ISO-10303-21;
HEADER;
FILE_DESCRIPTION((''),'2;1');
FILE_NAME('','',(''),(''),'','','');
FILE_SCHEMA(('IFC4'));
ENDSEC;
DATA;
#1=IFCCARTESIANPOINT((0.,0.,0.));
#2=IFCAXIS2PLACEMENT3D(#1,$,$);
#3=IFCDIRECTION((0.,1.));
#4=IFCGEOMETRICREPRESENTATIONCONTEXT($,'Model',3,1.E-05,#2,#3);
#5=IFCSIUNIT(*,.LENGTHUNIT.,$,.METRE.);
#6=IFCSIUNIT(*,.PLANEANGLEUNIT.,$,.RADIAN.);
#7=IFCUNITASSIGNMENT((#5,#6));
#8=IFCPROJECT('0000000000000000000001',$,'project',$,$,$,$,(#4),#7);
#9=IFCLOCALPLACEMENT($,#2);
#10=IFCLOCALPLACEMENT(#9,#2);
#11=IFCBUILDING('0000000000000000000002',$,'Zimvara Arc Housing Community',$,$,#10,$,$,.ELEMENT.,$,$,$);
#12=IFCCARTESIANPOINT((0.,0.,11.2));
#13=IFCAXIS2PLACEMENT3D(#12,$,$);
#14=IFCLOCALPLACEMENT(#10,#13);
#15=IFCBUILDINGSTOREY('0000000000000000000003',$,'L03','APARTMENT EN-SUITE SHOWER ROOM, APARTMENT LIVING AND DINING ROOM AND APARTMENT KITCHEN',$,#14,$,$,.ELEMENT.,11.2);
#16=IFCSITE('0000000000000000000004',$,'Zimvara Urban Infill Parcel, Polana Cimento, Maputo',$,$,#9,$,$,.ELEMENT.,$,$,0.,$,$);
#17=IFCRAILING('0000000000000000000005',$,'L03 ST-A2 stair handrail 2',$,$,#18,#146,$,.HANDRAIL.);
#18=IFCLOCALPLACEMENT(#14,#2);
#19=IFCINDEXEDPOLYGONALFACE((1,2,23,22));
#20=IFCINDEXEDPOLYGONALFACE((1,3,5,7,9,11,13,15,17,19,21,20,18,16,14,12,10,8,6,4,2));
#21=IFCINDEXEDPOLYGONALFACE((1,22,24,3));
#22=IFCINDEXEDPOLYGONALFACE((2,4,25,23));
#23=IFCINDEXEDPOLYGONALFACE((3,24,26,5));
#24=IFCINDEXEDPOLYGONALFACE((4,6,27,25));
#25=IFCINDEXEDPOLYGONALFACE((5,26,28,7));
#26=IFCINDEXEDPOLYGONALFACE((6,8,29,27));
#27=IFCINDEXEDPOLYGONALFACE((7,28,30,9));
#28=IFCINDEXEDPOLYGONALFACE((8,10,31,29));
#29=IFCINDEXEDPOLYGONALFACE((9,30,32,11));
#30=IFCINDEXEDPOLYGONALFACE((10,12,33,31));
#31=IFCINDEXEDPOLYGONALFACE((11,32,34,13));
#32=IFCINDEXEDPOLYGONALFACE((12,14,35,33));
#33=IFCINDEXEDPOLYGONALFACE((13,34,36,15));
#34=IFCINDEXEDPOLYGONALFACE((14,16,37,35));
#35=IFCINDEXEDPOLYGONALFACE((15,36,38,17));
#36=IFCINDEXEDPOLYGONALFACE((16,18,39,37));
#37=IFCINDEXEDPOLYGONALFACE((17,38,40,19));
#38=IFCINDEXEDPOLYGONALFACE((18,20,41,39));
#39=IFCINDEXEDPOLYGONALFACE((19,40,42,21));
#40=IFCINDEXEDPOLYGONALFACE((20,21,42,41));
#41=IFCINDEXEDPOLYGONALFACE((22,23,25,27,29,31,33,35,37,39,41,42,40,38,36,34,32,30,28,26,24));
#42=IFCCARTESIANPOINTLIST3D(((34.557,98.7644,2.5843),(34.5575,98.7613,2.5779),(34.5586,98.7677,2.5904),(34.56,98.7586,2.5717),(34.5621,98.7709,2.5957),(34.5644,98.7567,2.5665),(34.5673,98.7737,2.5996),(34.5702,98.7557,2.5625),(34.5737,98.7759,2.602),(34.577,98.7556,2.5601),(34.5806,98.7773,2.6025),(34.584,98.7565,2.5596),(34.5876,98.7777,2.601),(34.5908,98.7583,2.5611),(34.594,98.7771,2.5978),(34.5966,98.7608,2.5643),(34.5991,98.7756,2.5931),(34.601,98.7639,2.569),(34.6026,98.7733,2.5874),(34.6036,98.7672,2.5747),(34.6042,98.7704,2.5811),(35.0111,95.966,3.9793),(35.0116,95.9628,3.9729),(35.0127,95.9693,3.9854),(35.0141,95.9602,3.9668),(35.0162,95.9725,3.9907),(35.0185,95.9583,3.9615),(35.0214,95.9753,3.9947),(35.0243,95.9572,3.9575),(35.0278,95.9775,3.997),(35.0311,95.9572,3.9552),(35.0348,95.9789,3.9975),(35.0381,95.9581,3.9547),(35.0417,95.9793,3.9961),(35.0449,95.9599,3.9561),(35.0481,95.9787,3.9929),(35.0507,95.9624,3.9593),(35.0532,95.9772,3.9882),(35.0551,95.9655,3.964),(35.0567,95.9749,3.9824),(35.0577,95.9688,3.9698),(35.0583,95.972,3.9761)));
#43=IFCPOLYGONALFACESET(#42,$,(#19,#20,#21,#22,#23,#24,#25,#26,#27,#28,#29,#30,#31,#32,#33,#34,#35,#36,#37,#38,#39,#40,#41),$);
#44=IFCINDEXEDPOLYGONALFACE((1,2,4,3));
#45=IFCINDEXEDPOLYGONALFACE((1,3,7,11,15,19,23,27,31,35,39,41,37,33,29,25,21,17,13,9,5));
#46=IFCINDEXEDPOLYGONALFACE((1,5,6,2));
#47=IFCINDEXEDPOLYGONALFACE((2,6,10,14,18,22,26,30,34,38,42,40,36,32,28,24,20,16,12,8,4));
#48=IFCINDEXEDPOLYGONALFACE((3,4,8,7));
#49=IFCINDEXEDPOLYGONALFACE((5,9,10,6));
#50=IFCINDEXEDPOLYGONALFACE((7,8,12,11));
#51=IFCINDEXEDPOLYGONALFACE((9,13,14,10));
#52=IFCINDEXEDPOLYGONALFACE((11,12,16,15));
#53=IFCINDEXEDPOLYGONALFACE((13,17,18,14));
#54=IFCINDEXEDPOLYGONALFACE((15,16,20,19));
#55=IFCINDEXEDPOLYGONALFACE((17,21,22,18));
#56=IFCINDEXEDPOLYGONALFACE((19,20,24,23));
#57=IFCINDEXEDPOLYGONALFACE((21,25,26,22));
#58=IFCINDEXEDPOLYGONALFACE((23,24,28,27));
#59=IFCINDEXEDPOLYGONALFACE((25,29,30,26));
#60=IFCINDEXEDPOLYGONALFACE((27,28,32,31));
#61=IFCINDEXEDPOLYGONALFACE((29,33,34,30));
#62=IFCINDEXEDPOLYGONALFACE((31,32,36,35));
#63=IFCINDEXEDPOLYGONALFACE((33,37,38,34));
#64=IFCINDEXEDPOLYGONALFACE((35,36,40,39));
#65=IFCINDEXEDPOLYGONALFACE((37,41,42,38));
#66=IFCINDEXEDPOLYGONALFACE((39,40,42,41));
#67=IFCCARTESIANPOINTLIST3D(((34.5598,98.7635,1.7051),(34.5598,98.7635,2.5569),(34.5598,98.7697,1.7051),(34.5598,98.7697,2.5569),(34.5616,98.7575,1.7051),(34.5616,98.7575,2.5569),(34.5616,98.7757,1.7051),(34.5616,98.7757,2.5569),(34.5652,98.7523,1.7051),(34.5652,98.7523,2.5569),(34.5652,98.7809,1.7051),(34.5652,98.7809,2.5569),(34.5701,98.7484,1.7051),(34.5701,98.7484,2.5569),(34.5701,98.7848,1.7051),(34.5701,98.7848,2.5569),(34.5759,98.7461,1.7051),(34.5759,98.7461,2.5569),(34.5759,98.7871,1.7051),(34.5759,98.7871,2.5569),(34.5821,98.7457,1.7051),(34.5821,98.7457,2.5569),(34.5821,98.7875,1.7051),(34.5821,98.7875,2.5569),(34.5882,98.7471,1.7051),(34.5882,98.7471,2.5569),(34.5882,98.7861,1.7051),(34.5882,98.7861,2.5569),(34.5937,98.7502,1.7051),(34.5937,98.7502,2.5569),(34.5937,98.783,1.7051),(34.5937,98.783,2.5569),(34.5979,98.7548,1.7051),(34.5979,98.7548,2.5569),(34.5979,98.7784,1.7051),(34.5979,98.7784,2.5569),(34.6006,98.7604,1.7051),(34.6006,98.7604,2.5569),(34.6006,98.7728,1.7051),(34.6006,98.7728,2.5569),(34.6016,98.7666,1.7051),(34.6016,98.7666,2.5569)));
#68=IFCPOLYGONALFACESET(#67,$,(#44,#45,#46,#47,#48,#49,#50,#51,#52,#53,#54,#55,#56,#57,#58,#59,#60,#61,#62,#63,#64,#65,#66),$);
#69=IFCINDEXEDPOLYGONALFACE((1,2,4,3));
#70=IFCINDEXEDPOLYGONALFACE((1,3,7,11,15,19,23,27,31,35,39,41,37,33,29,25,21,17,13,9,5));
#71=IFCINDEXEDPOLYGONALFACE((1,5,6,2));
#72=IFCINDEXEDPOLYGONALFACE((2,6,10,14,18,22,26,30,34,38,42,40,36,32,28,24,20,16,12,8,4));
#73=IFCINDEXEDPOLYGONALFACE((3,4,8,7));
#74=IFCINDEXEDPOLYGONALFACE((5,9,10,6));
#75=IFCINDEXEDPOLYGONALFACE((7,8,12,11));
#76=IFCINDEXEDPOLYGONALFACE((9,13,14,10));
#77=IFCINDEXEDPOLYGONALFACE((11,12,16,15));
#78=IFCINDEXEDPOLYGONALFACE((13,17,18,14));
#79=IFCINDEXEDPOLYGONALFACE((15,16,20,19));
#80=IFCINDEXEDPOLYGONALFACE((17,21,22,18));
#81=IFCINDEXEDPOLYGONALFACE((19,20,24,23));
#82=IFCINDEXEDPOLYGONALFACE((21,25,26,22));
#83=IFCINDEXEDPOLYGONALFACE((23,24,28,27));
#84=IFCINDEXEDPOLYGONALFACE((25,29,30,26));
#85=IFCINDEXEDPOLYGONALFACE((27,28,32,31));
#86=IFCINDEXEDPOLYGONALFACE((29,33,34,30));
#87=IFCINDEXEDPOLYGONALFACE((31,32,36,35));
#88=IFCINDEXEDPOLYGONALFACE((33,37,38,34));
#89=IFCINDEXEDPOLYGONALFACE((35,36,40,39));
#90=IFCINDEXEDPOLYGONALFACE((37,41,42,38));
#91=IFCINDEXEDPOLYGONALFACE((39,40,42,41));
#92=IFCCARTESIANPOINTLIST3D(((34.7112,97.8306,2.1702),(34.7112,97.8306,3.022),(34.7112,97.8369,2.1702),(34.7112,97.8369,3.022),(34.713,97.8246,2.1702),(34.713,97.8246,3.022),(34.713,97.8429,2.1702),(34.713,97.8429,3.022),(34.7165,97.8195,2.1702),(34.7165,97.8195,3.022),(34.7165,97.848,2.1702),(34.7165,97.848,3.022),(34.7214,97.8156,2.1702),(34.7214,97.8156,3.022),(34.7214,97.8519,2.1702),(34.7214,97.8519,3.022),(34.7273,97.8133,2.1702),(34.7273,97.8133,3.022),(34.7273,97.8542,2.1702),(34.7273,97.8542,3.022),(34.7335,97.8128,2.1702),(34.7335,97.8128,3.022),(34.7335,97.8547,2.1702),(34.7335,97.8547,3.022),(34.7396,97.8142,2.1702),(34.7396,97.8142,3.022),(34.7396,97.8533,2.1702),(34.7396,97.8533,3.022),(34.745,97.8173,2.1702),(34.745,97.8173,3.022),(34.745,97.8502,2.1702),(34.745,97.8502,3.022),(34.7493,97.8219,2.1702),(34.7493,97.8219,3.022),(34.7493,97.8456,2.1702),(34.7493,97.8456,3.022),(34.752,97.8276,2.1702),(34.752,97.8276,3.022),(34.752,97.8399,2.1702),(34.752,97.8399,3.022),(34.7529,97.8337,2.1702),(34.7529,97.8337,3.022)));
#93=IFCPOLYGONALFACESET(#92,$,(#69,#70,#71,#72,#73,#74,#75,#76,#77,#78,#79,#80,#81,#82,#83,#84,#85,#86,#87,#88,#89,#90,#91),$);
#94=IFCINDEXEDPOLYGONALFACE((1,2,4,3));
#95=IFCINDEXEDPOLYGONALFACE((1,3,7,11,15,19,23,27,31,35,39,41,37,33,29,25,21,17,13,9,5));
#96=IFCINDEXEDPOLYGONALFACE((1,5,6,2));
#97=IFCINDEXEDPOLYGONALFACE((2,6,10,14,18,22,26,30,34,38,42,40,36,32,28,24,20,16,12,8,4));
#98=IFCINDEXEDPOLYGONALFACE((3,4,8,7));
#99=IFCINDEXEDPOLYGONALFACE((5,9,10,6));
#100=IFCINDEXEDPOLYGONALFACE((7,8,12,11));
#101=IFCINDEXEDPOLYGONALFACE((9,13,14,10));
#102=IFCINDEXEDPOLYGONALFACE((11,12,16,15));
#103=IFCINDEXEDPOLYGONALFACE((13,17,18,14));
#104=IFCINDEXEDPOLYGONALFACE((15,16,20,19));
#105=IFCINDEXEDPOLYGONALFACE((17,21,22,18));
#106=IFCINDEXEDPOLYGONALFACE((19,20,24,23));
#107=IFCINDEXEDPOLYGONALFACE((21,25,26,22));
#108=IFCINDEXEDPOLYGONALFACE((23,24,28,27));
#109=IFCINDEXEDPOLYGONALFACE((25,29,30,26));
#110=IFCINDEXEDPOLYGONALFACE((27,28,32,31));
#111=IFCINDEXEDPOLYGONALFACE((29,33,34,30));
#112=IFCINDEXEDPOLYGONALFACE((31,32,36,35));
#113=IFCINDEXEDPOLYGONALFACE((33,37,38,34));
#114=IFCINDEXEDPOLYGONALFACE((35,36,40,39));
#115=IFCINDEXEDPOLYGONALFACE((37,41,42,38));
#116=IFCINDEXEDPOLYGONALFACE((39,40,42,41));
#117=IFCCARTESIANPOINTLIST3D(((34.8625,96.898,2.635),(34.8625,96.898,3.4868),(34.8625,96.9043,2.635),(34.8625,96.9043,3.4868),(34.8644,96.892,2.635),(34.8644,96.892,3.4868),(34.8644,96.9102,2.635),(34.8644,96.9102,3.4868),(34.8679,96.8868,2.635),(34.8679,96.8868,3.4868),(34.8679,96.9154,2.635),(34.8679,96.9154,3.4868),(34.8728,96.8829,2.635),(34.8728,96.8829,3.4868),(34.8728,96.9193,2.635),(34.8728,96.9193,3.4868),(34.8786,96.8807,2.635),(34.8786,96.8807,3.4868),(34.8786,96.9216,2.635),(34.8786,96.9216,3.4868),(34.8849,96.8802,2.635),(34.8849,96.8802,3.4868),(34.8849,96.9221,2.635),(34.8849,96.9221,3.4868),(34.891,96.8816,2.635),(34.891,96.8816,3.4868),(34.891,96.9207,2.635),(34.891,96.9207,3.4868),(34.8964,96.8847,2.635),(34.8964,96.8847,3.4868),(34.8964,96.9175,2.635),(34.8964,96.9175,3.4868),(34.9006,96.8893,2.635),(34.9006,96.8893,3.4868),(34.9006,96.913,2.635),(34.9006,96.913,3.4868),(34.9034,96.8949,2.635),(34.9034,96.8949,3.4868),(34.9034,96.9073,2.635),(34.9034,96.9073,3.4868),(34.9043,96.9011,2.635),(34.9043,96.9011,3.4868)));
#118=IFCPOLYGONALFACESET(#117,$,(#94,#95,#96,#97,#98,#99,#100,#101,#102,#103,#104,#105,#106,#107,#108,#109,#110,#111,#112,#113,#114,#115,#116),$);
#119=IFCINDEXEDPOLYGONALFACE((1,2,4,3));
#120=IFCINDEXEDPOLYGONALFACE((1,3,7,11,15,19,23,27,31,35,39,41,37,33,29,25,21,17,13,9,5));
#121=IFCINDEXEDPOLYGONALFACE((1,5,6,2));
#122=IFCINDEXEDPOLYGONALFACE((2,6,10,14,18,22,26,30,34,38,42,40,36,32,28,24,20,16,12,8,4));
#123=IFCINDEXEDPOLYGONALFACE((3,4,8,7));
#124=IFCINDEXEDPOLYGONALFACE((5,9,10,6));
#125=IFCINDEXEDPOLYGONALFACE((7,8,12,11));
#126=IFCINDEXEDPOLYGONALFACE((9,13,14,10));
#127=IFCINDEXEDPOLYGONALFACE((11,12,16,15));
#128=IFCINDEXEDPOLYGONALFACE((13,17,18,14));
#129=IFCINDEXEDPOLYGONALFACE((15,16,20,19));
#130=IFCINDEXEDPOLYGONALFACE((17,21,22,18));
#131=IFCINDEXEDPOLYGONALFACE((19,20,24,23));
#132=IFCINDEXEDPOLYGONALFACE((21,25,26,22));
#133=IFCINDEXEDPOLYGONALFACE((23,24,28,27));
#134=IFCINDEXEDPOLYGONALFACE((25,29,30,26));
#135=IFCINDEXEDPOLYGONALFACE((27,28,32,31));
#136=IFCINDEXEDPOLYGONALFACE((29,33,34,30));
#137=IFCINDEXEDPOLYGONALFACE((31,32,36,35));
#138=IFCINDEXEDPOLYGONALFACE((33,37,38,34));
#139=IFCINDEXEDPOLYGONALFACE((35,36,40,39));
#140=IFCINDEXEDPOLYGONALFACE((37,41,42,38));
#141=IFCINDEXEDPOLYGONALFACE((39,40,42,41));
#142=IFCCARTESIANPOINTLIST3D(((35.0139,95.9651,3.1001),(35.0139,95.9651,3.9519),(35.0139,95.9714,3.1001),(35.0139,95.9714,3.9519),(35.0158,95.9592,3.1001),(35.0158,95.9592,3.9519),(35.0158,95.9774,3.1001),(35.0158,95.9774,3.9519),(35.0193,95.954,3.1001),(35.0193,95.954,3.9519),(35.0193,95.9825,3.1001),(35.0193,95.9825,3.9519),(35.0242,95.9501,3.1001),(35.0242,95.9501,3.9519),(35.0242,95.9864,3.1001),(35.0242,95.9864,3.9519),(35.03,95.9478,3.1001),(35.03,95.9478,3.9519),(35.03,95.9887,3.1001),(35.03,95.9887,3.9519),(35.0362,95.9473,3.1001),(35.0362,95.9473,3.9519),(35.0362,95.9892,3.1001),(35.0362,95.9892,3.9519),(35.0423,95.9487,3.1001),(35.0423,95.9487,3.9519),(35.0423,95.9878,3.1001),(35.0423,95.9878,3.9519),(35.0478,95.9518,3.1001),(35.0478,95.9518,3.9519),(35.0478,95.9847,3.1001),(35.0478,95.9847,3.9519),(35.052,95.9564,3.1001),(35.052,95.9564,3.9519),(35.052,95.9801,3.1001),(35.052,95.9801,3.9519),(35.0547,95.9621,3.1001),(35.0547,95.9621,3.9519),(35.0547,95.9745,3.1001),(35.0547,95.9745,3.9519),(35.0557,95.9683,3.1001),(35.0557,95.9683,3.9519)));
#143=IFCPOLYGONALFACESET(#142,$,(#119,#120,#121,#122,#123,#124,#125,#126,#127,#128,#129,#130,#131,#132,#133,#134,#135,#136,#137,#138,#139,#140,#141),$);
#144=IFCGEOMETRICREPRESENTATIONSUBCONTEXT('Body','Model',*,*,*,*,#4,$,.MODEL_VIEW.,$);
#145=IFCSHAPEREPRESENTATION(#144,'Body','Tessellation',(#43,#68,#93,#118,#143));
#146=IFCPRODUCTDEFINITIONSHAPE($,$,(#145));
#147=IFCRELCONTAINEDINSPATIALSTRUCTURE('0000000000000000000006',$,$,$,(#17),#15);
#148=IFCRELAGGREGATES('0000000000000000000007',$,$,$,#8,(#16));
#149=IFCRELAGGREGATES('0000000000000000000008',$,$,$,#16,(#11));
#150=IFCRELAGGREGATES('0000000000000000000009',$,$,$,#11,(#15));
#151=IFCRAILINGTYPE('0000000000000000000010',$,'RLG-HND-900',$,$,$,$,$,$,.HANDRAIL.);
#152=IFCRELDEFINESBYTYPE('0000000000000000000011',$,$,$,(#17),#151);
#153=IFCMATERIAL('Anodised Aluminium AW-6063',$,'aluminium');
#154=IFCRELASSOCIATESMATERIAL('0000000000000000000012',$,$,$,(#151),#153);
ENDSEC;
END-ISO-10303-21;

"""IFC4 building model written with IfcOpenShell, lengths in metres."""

from ifc_helpers import new_model, si_unit, direction, frame, origin, origin_2d, place, context, subcontext, project, spatial, circle, extrude, material, type_object, element, save


model = new_model("IFC4")

# Units and contexts
model_context = context("Model", 3, precision=1e-05, world=origin(), true_north=direction((0.0, 1.0)))
body_context = subcontext(model_context, "Body", "Model", "MODEL_VIEW")
ifc_project = project(units=[si_unit("LENGTHUNIT", "METRE"), si_unit("PLANEANGLEUNIT", "RADIAN")], contexts=[model_context])

# Site, building, storey
site_placement = place(None, origin())
site = spatial("IfcSite", under=ifc_project, at=site_placement, Name="Zimvara Urban Infill Parcel, Polana Cimento, Maputo", CompositionType="ELEMENT", RefElevation=0.0)
building_placement = place(site_placement, origin())
building = spatial("IfcBuilding", under=site, at=building_placement, Name="Zimvara Arc Housing Community", CompositionType="ELEMENT")
storey_placement = place(building_placement, frame((0.0, 0.0, 11.2)))
storey = spatial("IfcBuildingStorey", under=building, at=storey_placement, Name="L03", Description="APARTMENT EN-SUITE SHOWER ROOM, APARTMENT LIVING AND DINING ROOM AND APARTMENT KITCHEN", CompositionType="ELEMENT", Elevation=11.2)

# Railing
ifc_material_1 = material(Name="Anodised Aluminium AW-6063", Category="aluminium")
railing_type = type_object("IfcRailingType", Name="RLG-HND-900", PredefinedType="HANDRAIL", material=ifc_material_1)
railing_placement = place(storey_placement, frame((34.5806, 98.7666, 1.7051)))
element("IfcRailing", 1, at=railing_placement, inside=storey, type_object=railing_type, Name="L03 ST-A2 stair handrail 2", PredefinedType="HANDRAIL", context=body_context, shape_type="SweptSolid", body=[
    extrude(circle(Radius=0.0239, at=origin_2d()), frame((0.0, 0.0, 0.876), z_axis=(0.143722, -0.885666, 0.44152), x_axis=(0.987088, 0.16018, 0.0)), (0.0, 0.0, 1.0), 3.1597),
    extrude(circle(Radius=0.021, at=origin_2d()), origin(), (0.0, 0.0, 1.0), 0.8518),
    extrude(circle(Radius=0.021, at=origin_2d()), frame((0.1514, -0.9329, 0.4651)), (0.0, 0.0, 1.0), 0.8518),
    extrude(circle(Radius=0.021, at=origin_2d()), frame((0.3027, -1.8655, 0.9299)), (0.0, 0.0, 1.0), 0.8518),
    extrude(circle(Radius=0.021, at=origin_2d()), frame((0.4541, -2.7983, 1.395)), (0.0, 0.0, 1.0), 0.8518),
])

save(model, "model.ifc")
